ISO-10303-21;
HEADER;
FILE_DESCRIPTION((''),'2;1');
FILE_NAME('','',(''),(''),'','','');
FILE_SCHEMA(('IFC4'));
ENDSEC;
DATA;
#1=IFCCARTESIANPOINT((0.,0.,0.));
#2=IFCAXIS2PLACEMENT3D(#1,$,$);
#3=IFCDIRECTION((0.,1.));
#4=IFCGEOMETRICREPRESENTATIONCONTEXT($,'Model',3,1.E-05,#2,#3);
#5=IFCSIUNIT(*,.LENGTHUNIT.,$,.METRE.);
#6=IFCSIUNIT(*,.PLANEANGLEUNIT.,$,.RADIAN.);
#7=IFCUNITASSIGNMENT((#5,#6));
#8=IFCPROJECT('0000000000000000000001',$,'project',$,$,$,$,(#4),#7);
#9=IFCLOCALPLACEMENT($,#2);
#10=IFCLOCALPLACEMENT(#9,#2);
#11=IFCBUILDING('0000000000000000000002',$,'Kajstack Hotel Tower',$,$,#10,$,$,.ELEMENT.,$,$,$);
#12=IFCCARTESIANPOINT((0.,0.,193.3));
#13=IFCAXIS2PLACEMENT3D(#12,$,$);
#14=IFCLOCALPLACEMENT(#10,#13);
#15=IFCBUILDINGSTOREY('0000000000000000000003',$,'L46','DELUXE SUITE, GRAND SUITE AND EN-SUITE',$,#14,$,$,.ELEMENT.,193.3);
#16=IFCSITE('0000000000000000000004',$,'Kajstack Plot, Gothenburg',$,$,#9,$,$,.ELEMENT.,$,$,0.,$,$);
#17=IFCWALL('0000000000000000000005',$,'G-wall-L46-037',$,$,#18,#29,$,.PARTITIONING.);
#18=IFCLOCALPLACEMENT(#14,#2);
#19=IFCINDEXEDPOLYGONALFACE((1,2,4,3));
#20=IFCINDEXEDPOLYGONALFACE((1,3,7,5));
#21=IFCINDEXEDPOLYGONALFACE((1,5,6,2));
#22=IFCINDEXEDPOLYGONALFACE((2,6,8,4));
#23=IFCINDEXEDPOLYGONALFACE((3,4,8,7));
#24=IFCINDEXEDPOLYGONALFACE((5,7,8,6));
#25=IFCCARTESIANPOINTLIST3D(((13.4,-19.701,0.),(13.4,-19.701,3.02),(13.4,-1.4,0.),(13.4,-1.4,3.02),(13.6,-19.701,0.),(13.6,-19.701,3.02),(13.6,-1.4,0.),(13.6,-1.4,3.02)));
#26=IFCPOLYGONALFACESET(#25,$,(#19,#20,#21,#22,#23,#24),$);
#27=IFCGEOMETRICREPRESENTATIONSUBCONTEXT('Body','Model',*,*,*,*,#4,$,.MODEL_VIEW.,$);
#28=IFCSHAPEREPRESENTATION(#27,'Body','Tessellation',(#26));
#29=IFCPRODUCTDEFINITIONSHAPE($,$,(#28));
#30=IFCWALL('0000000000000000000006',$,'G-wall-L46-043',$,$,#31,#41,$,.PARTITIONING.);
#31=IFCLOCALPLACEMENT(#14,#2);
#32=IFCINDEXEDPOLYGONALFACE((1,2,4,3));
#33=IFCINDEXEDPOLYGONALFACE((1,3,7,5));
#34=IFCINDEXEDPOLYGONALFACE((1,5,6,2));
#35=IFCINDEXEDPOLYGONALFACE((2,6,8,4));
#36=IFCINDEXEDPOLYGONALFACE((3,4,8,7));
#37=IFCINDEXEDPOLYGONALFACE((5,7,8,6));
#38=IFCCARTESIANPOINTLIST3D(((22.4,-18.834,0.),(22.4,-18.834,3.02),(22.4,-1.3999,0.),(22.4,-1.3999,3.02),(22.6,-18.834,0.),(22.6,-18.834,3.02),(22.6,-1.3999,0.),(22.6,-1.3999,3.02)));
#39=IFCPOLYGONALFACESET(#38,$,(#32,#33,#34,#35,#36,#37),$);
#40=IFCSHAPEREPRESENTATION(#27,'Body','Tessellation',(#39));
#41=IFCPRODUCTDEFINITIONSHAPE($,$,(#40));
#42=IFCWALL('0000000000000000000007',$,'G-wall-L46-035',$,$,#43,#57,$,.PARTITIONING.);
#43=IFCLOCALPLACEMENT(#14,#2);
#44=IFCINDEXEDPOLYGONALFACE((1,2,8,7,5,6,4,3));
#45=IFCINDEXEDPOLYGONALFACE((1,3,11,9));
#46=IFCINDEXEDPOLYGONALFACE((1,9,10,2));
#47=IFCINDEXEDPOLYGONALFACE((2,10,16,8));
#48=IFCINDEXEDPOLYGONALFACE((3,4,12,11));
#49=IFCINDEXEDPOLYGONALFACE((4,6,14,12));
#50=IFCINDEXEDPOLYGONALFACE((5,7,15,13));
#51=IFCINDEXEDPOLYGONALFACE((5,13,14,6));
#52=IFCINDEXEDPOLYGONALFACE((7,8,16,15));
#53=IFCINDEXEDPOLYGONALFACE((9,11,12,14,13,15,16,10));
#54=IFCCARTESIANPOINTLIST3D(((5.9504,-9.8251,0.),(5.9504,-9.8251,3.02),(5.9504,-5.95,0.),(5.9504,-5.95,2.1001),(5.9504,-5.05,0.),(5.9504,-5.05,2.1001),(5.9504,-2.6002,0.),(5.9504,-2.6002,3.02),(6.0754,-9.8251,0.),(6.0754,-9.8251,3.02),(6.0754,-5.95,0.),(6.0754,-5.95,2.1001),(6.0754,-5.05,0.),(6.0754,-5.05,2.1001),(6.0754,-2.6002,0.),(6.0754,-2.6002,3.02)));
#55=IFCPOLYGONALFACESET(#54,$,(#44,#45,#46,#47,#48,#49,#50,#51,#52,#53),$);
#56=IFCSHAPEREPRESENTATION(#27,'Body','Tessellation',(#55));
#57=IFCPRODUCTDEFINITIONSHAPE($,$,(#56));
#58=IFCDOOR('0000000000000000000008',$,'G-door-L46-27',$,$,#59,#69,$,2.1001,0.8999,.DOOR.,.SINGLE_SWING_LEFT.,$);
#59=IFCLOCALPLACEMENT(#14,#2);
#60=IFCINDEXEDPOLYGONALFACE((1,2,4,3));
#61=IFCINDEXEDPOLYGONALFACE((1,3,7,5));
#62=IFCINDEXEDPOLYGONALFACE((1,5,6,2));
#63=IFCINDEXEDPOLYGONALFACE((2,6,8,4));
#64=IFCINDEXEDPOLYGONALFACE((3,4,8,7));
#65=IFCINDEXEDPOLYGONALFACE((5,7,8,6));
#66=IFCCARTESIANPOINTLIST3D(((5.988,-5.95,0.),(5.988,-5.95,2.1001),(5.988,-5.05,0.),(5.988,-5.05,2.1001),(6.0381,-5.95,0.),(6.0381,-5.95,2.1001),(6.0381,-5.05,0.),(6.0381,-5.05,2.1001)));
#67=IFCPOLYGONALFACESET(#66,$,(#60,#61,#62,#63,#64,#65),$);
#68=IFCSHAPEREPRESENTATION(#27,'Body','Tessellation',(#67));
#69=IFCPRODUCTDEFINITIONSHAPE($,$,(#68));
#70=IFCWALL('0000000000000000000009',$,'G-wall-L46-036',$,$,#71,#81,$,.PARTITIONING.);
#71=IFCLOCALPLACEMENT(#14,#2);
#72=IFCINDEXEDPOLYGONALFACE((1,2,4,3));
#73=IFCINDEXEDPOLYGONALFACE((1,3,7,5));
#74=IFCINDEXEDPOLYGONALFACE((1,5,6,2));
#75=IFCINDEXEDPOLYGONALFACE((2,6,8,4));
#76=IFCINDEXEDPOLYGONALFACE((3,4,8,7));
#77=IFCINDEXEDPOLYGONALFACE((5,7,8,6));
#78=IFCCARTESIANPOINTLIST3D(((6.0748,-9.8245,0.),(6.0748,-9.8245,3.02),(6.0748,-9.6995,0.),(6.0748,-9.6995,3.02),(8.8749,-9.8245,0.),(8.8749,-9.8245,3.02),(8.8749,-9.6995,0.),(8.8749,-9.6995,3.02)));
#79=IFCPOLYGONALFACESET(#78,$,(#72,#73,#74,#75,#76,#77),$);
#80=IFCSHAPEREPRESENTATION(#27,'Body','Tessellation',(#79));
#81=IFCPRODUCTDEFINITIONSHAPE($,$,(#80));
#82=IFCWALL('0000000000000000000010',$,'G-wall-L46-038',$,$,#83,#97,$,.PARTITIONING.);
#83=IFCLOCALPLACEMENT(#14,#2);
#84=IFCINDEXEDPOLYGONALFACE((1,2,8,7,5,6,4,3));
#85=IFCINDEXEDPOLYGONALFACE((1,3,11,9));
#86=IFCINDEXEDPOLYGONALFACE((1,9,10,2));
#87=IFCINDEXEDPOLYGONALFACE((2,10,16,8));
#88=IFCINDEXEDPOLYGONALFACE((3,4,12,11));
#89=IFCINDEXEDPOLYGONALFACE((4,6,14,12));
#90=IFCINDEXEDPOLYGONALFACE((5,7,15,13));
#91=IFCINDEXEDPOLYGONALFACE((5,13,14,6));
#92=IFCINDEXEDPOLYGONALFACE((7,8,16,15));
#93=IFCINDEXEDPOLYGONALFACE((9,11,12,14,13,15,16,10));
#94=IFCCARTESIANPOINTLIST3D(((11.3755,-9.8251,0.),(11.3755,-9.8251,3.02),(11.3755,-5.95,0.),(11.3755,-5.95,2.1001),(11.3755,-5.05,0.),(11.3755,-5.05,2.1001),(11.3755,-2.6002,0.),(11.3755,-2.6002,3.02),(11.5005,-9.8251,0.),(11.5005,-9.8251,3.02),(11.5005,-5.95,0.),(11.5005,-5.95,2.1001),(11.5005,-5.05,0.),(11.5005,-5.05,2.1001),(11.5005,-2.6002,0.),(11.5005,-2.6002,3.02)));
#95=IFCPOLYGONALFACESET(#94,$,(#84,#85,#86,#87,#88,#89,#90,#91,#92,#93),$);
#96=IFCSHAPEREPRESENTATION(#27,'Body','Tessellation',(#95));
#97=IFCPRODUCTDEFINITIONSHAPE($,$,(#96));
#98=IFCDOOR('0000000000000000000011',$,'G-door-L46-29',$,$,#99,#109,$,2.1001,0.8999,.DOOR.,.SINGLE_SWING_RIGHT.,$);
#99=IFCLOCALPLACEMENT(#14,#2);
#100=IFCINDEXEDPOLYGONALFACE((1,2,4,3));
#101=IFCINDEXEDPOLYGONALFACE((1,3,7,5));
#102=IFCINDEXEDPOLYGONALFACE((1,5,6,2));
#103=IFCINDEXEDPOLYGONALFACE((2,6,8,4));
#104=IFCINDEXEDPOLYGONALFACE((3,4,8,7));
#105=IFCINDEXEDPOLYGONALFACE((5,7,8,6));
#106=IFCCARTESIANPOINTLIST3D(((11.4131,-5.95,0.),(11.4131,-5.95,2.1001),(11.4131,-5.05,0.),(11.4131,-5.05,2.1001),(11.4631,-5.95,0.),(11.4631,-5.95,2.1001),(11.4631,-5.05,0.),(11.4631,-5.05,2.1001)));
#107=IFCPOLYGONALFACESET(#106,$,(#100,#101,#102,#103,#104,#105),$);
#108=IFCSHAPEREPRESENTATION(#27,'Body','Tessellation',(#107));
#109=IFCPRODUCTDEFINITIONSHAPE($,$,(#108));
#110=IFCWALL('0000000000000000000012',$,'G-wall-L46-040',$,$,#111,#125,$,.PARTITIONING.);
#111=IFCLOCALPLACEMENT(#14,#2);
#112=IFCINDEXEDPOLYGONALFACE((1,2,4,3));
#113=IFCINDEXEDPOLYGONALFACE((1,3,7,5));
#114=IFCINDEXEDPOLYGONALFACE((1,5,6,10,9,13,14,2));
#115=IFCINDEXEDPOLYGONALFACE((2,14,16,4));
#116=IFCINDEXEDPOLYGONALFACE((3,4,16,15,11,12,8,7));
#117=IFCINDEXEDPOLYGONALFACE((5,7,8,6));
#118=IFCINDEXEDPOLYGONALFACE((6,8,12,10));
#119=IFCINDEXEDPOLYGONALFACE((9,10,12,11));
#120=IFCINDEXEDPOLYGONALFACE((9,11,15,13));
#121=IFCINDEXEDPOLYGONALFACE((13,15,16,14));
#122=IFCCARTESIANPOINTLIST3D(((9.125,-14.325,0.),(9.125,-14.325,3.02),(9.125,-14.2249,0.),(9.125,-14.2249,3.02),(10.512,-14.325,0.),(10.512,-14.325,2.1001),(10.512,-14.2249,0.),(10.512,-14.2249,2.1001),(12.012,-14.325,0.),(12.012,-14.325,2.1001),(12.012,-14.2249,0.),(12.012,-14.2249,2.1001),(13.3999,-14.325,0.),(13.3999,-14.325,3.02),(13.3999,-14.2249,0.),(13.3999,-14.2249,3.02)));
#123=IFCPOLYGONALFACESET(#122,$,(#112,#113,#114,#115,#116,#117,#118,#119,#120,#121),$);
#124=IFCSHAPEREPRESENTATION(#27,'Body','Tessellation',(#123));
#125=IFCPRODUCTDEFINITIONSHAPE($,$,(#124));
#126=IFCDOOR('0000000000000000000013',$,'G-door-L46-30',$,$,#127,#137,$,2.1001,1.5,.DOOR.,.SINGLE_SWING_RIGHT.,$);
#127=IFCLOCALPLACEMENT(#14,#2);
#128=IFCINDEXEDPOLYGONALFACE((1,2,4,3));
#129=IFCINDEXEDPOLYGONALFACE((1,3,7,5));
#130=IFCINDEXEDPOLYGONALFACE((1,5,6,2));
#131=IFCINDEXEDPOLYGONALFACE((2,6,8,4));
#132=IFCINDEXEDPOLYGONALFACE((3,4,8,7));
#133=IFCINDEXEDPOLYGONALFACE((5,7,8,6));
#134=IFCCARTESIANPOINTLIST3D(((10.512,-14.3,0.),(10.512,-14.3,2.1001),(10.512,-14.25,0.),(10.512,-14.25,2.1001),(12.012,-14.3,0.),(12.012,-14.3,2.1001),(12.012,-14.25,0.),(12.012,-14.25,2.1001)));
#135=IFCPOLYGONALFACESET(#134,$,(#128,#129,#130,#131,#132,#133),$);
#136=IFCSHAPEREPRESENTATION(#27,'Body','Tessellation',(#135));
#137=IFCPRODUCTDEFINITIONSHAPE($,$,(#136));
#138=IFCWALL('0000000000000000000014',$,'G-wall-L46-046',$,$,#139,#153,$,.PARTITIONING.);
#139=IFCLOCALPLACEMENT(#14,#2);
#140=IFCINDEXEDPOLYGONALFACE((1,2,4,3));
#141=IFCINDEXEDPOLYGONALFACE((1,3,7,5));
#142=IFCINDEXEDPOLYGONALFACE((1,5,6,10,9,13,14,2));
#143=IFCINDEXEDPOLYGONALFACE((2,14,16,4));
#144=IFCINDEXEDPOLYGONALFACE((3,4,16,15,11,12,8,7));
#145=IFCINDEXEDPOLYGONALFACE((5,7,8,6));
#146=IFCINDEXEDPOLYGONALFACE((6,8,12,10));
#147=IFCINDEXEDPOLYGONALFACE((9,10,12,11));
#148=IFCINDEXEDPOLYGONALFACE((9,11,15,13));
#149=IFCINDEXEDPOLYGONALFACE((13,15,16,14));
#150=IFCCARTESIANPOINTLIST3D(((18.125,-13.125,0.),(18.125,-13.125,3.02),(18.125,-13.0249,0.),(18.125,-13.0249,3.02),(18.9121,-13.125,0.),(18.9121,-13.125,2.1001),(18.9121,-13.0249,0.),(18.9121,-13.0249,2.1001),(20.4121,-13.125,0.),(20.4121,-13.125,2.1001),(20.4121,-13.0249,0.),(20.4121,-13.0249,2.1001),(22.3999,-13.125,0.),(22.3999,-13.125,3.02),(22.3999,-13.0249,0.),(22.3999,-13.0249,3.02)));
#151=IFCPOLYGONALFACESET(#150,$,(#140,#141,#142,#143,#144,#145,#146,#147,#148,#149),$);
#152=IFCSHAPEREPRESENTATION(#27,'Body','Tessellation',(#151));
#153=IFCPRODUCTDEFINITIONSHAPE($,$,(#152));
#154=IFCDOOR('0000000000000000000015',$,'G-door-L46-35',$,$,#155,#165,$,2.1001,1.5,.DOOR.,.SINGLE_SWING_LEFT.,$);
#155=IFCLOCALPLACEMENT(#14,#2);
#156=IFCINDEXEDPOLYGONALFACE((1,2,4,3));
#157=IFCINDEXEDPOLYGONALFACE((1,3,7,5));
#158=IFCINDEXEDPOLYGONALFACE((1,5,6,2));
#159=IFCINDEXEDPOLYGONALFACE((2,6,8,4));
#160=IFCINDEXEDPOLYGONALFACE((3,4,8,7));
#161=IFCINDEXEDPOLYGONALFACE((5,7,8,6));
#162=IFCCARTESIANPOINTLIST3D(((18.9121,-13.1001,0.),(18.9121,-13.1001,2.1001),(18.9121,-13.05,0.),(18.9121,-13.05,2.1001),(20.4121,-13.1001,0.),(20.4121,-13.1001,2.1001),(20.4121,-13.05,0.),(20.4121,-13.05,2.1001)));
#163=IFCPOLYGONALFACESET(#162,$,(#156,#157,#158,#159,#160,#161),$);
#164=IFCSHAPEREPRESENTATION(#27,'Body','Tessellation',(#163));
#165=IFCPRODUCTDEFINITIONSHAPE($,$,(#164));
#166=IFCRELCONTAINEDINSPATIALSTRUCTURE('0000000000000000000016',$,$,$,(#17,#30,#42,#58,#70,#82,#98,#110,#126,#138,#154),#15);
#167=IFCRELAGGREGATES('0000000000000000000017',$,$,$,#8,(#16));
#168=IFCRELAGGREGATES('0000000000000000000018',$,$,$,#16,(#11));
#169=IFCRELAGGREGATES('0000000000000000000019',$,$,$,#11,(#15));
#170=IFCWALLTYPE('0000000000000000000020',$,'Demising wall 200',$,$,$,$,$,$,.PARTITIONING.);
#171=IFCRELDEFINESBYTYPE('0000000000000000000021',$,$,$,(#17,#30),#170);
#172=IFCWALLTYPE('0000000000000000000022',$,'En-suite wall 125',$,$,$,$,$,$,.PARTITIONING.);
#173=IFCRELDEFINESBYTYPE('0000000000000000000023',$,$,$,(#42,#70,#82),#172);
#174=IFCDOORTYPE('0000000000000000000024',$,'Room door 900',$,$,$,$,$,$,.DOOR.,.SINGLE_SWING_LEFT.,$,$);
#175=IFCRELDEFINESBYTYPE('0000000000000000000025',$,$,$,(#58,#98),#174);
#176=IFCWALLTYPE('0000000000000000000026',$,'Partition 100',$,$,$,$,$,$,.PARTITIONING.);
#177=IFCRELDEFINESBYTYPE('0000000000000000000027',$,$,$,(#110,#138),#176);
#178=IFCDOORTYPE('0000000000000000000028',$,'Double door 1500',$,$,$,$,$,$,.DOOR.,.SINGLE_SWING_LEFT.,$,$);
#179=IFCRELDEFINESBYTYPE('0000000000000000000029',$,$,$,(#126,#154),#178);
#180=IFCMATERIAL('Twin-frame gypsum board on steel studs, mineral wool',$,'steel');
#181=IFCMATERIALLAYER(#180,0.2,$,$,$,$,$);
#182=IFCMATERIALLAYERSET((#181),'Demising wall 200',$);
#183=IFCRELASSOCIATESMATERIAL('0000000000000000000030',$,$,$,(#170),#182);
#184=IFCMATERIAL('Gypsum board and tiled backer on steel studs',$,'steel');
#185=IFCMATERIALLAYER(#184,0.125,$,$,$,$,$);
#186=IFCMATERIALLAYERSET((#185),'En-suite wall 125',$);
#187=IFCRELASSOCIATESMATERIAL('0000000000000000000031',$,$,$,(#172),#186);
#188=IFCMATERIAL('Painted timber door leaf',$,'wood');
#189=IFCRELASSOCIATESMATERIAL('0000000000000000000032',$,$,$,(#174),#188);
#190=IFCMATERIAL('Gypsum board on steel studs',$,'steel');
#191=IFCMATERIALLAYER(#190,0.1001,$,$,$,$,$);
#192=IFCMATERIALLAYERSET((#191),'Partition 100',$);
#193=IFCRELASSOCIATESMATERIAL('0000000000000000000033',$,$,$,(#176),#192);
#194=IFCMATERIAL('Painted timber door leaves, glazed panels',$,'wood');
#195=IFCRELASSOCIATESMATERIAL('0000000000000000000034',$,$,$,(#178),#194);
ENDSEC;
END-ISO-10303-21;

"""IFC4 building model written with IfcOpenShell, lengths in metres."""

from ifc_helpers import new_model, si_unit, direction, frame, frame_2d, origin, place, context, subcontext, project, spatial, rectangle, extrude, material, layer, layer_set, type_object, element, fill, save


model = new_model("IFC4")

# Units and contexts
model_context = context("Model", 3, precision=1e-05, world=origin(), true_north=direction((0.0, 1.0)))
body_context = subcontext(model_context, "Body", "Model", "MODEL_VIEW")
ifc_project = project(units=[si_unit("LENGTHUNIT", "METRE"), si_unit("PLANEANGLEUNIT", "RADIAN")], contexts=[model_context])

# Site, building, storey
site_placement = place(None, origin())
site = spatial("IfcSite", under=ifc_project, at=site_placement, Name="Kajstack Plot, Gothenburg", CompositionType="ELEMENT", RefElevation=0.0)
building_placement = place(site_placement, origin())
building = spatial("IfcBuilding", under=site, at=building_placement, Name="Kajstack Hotel Tower", CompositionType="ELEMENT")
storey_placement = place(building_placement, frame((0.0, 0.0, 193.3)))
storey = spatial("IfcBuildingStorey", under=building, at=storey_placement, Name="L46", Description="DELUXE SUITE, GRAND SUITE AND EN-SUITE", CompositionType="ELEMENT", Elevation=193.3)

# Walls
ifc_material_1 = material(Name="Twin-frame gypsum board on steel studs, mineral wool", Category="steel")
ifc_layer_1 = layer(ifc_material_1, 0.2)
ifc_layer_set_1 = layer_set([ifc_layer_1], Name="Demising wall 200")
wall_type_1 = type_object("IfcWallType", Name="Demising wall 200", PredefinedType="PARTITIONING", material=ifc_layer_set_1)
wall_1_placement = place(storey_placement, frame((13.5, -19.7009, 0.0), z_axis=(0.0, 0.0, 1.0), x_axis=(0.0, 1.0, 0.0)))
element("IfcWall", 1, at=wall_1_placement, inside=storey, type_object=wall_type_1, Name="G-wall-L46-037", PredefinedType="PARTITIONING", context=body_context, shape_type="SweptSolid", body=[
    extrude(rectangle(XDim=18.301, YDim=0.2, at=frame_2d((9.1504, 0.0))), origin(), (0.0, 0.0, 1.0), 3.02),
])
wall_2_placement = place(storey_placement, frame((22.5, -18.834, 0.0), z_axis=(0.0, 0.0, 1.0), x_axis=(0.0, 1.0, 0.0)))
element("IfcWall", 2, at=wall_2_placement, inside=storey, type_object=wall_type_1, Name="G-wall-L46-043", PredefinedType="PARTITIONING", context=body_context, shape_type="SweptSolid", body=[
    extrude(rectangle(XDim=17.4341, YDim=0.2, at=frame_2d((8.717, 0.0))), origin(), (0.0, 0.0, 1.0), 3.02),
])

# Wall, opening, door
ifc_material_2 = material(Name="Gypsum board and tiled backer on steel studs", Category="steel")
ifc_layer_2 = layer(ifc_material_2, 0.125)
ifc_layer_set_2 = layer_set([ifc_layer_2], Name="En-suite wall 125")
wall_type_2 = type_object("IfcWallType", Name="En-suite wall 125", PredefinedType="PARTITIONING", material=ifc_layer_set_2)
wall_3_placement = place(storey_placement, frame((6.0129, -9.825, 0.0), z_axis=(0.0, 0.0, 1.0), x_axis=(0.0, 1.0, 0.0)))
wall_3 = element("IfcWall", 3, at=wall_3_placement, inside=storey, type_object=wall_type_2, Name="G-wall-L46-035", PredefinedType="PARTITIONING", context=body_context, shape_type="SweptSolid", body=[
    extrude(rectangle(XDim=7.2249, YDim=0.125, at=frame_2d((3.6123, 0.0))), origin(), (0.0, 0.0, 1.0), 3.02),
])
opening_1_placement = place(wall_3_placement, frame((3.875, 0.0, 0.0)))
opening_1 = element("IfcOpeningElement", 4, at=opening_1_placement, cuts=wall_3, PredefinedType="OPENING", context=body_context, shape_type="SweptSolid", body=[
    extrude(rectangle(XDim=0.8999, YDim=2.1001, at=frame_2d((0.45, 1.05))), frame((0.0, 0.0725, 0.0), z_axis=(0.0, -1.0, 0.0), x_axis=(1.0, 0.0, 0.0)), (0.0, 0.0, 1.0), 0.145),
])
ifc_material_3 = material(Name="Painted timber door leaf", Category="wood")
door_type_1 = type_object("IfcDoorType", Name="Room door 900", OperationType="SINGLE_SWING_LEFT", PredefinedType="DOOR", material=ifc_material_3)
door_1_placement = place(opening_1_placement, origin())
door_1 = element("IfcDoor", 5, at=door_1_placement, inside=storey, type_object=door_type_1, Name="G-door-L46-27", OperationType="SINGLE_SWING_LEFT", OverallHeight=2.1001, OverallWidth=0.8999, PredefinedType="DOOR", context=body_context, shape_type="SweptSolid", body=[
    extrude(rectangle(XDim=0.8999, YDim=2.1001, at=frame_2d((0.45, 1.05))), frame((0.0, 0.0249, 0.0), z_axis=(0.0, -1.0, 0.0), x_axis=(1.0, 0.0, 0.0)), (0.0, 0.0, 1.0), 0.05),
])
fill(opening_1, door_1)

# Wall
wall_4_placement = place(storey_placement, frame((6.075, -9.762, 0.0), z_axis=(0.0, 0.0, 1.0), x_axis=(1.0, 0.0, 0.0)))
element("IfcWall", 6, at=wall_4_placement, inside=storey, type_object=wall_type_2, Name="G-wall-L46-036", PredefinedType="PARTITIONING", context=body_context, shape_type="SweptSolid", body=[
    extrude(rectangle(XDim=2.8, YDim=0.125, at=frame_2d((1.3999, 0.0))), origin(), (0.0, 0.0, 1.0), 3.02),
])

# Walls, openings, doors
wall_5_placement = place(storey_placement, frame((11.438, -9.825, 0.0), z_axis=(0.0, 0.0, 1.0), x_axis=(0.0, 1.0, 0.0)))
wall_5 = element("IfcWall", 7, at=wall_5_placement, inside=storey, type_object=wall_type_2, Name="G-wall-L46-038", PredefinedType="PARTITIONING", context=body_context, shape_type="SweptSolid", body=[
    extrude(rectangle(XDim=7.2249, YDim=0.125, at=frame_2d((3.6123, 0.0))), origin(), (0.0, 0.0, 1.0), 3.02),
])
opening_2_placement = place(wall_5_placement, frame((3.875, 0.0, 0.0)))
opening_2 = element("IfcOpeningElement", 8, at=opening_2_placement, cuts=wall_5, PredefinedType="OPENING", context=body_context, shape_type="SweptSolid", body=[
    extrude(rectangle(XDim=0.8999, YDim=2.1001, at=frame_2d((0.45, 1.05))), frame((0.0, 0.0725, 0.0), z_axis=(0.0, -1.0, 0.0), x_axis=(1.0, 0.0, 0.0)), (0.0, 0.0, 1.0), 0.145),
])
door_2_placement = place(opening_2_placement, origin())
door_2 = element("IfcDoor", 9, at=door_2_placement, inside=storey, type_object=door_type_1, Name="G-door-L46-29", OperationType="SINGLE_SWING_RIGHT", OverallHeight=2.1001, OverallWidth=0.8999, PredefinedType="DOOR", context=body_context, shape_type="SweptSolid", body=[
    extrude(rectangle(XDim=0.8999, YDim=2.1001, at=frame_2d((0.45, 1.05))), frame((0.0, 0.0249, 0.0), z_axis=(0.0, -1.0, 0.0), x_axis=(1.0, 0.0, 0.0)), (0.0, 0.0, 1.0), 0.05),
])
fill(opening_2, door_2)
ifc_material_4 = material(Name="Gypsum board on steel studs", Category="steel")
ifc_layer_3 = layer(ifc_material_4, 0.1001)
ifc_layer_set_3 = layer_set([ifc_layer_3], Name="Partition 100")
wall_type_3 = type_object("IfcWallType", Name="Partition 100", PredefinedType="PARTITIONING", material=ifc_layer_set_3)
wall_6_placement = place(storey_placement, frame((9.125, -14.2749, 0.0), z_axis=(0.0, 0.0, 1.0), x_axis=(1.0, 0.0, 0.0)))
wall_6 = element("IfcWall", 10, at=wall_6_placement, inside=storey, type_object=wall_type_3, Name="G-wall-L46-040", PredefinedType="PARTITIONING", context=body_context, shape_type="SweptSolid", body=[
    extrude(rectangle(XDim=4.2749, YDim=0.1001, at=frame_2d((2.1375, 0.0))), origin(), (0.0, 0.0, 1.0), 3.02),
])
opening_3_placement = place(wall_6_placement, frame((1.387, 0.0, 0.0)))
opening_3 = element("IfcOpeningElement", 11, at=opening_3_placement, cuts=wall_6, PredefinedType="OPENING", context=body_context, shape_type="SweptSolid", body=[
    extrude(rectangle(XDim=1.5, YDim=2.1001, at=frame_2d((0.75, 1.05))), frame((0.0, 0.0601, 0.0), z_axis=(0.0, -1.0, 0.0), x_axis=(1.0, 0.0, 0.0)), (0.0, 0.0, 1.0), 0.1201),
])
ifc_material_5 = material(Name="Painted timber door leaves, glazed panels", Category="wood")
door_type_2 = type_object("IfcDoorType", Name="Double door 1500", OperationType="SINGLE_SWING_LEFT", PredefinedType="DOOR", material=ifc_material_5)
door_3_placement = place(opening_3_placement, origin())
door_3 = element("IfcDoor", 12, at=door_3_placement, inside=storey, type_object=door_type_2, Name="G-door-L46-30", OperationType="SINGLE_SWING_RIGHT", OverallHeight=2.1001, OverallWidth=1.5, PredefinedType="DOOR", context=body_context, shape_type="SweptSolid", body=[
    extrude(rectangle(XDim=1.5, YDim=2.1001, at=frame_2d((0.75, 1.05))), frame((0.0, 0.0249, 0.0), z_axis=(0.0, -1.0, 0.0), x_axis=(1.0, 0.0, 0.0)), (0.0, 0.0, 1.0), 0.05),
])
fill(opening_3, door_3)
wall_7_placement = place(storey_placement, frame((18.125, -13.075, 0.0), z_axis=(0.0, 0.0, 1.0), x_axis=(1.0, 0.0, 0.0)))
wall_7 = element("IfcWall", 13, at=wall_7_placement, inside=storey, type_object=wall_type_3, Name="G-wall-L46-046", PredefinedType="PARTITIONING", context=body_context, shape_type="SweptSolid", body=[
    extrude(rectangle(XDim=4.2749, YDim=0.1001, at=frame_2d((2.1375, 0.0))), origin(), (0.0, 0.0, 1.0), 3.02),
])
opening_4_placement = place(wall_7_placement, frame((0.7871, 0.0, 0.0)))
opening_4 = element("IfcOpeningElement", 14, at=opening_4_placement, cuts=wall_7, PredefinedType="OPENING", context=body_context, shape_type="SweptSolid", body=[
    extrude(rectangle(XDim=1.5, YDim=2.1001, at=frame_2d((0.75, 1.05))), frame((0.0, 0.0601, 0.0), z_axis=(0.0, -1.0, 0.0), x_axis=(1.0, 0.0, 0.0)), (0.0, 0.0, 1.0), 0.1201),
])
door_4_placement = place(opening_4_placement, origin())
door_4 = element("IfcDoor", 15, at=door_4_placement, inside=storey, type_object=door_type_2, Name="G-door-L46-35", OperationType="SINGLE_SWING_LEFT", OverallHeight=2.1001, OverallWidth=1.5, PredefinedType="DOOR", context=body_context, shape_type="SweptSolid", body=[
    extrude(rectangle(XDim=1.5, YDim=2.1001, at=frame_2d((0.75, 1.05))), frame((0.0, 0.0249, 0.0), z_axis=(0.0, -1.0, 0.0), x_axis=(1.0, 0.0, 0.0)), (0.0, 0.0, 1.0), 0.05),
])
fill(opening_4, door_4)

save(model, "model.ifc")
